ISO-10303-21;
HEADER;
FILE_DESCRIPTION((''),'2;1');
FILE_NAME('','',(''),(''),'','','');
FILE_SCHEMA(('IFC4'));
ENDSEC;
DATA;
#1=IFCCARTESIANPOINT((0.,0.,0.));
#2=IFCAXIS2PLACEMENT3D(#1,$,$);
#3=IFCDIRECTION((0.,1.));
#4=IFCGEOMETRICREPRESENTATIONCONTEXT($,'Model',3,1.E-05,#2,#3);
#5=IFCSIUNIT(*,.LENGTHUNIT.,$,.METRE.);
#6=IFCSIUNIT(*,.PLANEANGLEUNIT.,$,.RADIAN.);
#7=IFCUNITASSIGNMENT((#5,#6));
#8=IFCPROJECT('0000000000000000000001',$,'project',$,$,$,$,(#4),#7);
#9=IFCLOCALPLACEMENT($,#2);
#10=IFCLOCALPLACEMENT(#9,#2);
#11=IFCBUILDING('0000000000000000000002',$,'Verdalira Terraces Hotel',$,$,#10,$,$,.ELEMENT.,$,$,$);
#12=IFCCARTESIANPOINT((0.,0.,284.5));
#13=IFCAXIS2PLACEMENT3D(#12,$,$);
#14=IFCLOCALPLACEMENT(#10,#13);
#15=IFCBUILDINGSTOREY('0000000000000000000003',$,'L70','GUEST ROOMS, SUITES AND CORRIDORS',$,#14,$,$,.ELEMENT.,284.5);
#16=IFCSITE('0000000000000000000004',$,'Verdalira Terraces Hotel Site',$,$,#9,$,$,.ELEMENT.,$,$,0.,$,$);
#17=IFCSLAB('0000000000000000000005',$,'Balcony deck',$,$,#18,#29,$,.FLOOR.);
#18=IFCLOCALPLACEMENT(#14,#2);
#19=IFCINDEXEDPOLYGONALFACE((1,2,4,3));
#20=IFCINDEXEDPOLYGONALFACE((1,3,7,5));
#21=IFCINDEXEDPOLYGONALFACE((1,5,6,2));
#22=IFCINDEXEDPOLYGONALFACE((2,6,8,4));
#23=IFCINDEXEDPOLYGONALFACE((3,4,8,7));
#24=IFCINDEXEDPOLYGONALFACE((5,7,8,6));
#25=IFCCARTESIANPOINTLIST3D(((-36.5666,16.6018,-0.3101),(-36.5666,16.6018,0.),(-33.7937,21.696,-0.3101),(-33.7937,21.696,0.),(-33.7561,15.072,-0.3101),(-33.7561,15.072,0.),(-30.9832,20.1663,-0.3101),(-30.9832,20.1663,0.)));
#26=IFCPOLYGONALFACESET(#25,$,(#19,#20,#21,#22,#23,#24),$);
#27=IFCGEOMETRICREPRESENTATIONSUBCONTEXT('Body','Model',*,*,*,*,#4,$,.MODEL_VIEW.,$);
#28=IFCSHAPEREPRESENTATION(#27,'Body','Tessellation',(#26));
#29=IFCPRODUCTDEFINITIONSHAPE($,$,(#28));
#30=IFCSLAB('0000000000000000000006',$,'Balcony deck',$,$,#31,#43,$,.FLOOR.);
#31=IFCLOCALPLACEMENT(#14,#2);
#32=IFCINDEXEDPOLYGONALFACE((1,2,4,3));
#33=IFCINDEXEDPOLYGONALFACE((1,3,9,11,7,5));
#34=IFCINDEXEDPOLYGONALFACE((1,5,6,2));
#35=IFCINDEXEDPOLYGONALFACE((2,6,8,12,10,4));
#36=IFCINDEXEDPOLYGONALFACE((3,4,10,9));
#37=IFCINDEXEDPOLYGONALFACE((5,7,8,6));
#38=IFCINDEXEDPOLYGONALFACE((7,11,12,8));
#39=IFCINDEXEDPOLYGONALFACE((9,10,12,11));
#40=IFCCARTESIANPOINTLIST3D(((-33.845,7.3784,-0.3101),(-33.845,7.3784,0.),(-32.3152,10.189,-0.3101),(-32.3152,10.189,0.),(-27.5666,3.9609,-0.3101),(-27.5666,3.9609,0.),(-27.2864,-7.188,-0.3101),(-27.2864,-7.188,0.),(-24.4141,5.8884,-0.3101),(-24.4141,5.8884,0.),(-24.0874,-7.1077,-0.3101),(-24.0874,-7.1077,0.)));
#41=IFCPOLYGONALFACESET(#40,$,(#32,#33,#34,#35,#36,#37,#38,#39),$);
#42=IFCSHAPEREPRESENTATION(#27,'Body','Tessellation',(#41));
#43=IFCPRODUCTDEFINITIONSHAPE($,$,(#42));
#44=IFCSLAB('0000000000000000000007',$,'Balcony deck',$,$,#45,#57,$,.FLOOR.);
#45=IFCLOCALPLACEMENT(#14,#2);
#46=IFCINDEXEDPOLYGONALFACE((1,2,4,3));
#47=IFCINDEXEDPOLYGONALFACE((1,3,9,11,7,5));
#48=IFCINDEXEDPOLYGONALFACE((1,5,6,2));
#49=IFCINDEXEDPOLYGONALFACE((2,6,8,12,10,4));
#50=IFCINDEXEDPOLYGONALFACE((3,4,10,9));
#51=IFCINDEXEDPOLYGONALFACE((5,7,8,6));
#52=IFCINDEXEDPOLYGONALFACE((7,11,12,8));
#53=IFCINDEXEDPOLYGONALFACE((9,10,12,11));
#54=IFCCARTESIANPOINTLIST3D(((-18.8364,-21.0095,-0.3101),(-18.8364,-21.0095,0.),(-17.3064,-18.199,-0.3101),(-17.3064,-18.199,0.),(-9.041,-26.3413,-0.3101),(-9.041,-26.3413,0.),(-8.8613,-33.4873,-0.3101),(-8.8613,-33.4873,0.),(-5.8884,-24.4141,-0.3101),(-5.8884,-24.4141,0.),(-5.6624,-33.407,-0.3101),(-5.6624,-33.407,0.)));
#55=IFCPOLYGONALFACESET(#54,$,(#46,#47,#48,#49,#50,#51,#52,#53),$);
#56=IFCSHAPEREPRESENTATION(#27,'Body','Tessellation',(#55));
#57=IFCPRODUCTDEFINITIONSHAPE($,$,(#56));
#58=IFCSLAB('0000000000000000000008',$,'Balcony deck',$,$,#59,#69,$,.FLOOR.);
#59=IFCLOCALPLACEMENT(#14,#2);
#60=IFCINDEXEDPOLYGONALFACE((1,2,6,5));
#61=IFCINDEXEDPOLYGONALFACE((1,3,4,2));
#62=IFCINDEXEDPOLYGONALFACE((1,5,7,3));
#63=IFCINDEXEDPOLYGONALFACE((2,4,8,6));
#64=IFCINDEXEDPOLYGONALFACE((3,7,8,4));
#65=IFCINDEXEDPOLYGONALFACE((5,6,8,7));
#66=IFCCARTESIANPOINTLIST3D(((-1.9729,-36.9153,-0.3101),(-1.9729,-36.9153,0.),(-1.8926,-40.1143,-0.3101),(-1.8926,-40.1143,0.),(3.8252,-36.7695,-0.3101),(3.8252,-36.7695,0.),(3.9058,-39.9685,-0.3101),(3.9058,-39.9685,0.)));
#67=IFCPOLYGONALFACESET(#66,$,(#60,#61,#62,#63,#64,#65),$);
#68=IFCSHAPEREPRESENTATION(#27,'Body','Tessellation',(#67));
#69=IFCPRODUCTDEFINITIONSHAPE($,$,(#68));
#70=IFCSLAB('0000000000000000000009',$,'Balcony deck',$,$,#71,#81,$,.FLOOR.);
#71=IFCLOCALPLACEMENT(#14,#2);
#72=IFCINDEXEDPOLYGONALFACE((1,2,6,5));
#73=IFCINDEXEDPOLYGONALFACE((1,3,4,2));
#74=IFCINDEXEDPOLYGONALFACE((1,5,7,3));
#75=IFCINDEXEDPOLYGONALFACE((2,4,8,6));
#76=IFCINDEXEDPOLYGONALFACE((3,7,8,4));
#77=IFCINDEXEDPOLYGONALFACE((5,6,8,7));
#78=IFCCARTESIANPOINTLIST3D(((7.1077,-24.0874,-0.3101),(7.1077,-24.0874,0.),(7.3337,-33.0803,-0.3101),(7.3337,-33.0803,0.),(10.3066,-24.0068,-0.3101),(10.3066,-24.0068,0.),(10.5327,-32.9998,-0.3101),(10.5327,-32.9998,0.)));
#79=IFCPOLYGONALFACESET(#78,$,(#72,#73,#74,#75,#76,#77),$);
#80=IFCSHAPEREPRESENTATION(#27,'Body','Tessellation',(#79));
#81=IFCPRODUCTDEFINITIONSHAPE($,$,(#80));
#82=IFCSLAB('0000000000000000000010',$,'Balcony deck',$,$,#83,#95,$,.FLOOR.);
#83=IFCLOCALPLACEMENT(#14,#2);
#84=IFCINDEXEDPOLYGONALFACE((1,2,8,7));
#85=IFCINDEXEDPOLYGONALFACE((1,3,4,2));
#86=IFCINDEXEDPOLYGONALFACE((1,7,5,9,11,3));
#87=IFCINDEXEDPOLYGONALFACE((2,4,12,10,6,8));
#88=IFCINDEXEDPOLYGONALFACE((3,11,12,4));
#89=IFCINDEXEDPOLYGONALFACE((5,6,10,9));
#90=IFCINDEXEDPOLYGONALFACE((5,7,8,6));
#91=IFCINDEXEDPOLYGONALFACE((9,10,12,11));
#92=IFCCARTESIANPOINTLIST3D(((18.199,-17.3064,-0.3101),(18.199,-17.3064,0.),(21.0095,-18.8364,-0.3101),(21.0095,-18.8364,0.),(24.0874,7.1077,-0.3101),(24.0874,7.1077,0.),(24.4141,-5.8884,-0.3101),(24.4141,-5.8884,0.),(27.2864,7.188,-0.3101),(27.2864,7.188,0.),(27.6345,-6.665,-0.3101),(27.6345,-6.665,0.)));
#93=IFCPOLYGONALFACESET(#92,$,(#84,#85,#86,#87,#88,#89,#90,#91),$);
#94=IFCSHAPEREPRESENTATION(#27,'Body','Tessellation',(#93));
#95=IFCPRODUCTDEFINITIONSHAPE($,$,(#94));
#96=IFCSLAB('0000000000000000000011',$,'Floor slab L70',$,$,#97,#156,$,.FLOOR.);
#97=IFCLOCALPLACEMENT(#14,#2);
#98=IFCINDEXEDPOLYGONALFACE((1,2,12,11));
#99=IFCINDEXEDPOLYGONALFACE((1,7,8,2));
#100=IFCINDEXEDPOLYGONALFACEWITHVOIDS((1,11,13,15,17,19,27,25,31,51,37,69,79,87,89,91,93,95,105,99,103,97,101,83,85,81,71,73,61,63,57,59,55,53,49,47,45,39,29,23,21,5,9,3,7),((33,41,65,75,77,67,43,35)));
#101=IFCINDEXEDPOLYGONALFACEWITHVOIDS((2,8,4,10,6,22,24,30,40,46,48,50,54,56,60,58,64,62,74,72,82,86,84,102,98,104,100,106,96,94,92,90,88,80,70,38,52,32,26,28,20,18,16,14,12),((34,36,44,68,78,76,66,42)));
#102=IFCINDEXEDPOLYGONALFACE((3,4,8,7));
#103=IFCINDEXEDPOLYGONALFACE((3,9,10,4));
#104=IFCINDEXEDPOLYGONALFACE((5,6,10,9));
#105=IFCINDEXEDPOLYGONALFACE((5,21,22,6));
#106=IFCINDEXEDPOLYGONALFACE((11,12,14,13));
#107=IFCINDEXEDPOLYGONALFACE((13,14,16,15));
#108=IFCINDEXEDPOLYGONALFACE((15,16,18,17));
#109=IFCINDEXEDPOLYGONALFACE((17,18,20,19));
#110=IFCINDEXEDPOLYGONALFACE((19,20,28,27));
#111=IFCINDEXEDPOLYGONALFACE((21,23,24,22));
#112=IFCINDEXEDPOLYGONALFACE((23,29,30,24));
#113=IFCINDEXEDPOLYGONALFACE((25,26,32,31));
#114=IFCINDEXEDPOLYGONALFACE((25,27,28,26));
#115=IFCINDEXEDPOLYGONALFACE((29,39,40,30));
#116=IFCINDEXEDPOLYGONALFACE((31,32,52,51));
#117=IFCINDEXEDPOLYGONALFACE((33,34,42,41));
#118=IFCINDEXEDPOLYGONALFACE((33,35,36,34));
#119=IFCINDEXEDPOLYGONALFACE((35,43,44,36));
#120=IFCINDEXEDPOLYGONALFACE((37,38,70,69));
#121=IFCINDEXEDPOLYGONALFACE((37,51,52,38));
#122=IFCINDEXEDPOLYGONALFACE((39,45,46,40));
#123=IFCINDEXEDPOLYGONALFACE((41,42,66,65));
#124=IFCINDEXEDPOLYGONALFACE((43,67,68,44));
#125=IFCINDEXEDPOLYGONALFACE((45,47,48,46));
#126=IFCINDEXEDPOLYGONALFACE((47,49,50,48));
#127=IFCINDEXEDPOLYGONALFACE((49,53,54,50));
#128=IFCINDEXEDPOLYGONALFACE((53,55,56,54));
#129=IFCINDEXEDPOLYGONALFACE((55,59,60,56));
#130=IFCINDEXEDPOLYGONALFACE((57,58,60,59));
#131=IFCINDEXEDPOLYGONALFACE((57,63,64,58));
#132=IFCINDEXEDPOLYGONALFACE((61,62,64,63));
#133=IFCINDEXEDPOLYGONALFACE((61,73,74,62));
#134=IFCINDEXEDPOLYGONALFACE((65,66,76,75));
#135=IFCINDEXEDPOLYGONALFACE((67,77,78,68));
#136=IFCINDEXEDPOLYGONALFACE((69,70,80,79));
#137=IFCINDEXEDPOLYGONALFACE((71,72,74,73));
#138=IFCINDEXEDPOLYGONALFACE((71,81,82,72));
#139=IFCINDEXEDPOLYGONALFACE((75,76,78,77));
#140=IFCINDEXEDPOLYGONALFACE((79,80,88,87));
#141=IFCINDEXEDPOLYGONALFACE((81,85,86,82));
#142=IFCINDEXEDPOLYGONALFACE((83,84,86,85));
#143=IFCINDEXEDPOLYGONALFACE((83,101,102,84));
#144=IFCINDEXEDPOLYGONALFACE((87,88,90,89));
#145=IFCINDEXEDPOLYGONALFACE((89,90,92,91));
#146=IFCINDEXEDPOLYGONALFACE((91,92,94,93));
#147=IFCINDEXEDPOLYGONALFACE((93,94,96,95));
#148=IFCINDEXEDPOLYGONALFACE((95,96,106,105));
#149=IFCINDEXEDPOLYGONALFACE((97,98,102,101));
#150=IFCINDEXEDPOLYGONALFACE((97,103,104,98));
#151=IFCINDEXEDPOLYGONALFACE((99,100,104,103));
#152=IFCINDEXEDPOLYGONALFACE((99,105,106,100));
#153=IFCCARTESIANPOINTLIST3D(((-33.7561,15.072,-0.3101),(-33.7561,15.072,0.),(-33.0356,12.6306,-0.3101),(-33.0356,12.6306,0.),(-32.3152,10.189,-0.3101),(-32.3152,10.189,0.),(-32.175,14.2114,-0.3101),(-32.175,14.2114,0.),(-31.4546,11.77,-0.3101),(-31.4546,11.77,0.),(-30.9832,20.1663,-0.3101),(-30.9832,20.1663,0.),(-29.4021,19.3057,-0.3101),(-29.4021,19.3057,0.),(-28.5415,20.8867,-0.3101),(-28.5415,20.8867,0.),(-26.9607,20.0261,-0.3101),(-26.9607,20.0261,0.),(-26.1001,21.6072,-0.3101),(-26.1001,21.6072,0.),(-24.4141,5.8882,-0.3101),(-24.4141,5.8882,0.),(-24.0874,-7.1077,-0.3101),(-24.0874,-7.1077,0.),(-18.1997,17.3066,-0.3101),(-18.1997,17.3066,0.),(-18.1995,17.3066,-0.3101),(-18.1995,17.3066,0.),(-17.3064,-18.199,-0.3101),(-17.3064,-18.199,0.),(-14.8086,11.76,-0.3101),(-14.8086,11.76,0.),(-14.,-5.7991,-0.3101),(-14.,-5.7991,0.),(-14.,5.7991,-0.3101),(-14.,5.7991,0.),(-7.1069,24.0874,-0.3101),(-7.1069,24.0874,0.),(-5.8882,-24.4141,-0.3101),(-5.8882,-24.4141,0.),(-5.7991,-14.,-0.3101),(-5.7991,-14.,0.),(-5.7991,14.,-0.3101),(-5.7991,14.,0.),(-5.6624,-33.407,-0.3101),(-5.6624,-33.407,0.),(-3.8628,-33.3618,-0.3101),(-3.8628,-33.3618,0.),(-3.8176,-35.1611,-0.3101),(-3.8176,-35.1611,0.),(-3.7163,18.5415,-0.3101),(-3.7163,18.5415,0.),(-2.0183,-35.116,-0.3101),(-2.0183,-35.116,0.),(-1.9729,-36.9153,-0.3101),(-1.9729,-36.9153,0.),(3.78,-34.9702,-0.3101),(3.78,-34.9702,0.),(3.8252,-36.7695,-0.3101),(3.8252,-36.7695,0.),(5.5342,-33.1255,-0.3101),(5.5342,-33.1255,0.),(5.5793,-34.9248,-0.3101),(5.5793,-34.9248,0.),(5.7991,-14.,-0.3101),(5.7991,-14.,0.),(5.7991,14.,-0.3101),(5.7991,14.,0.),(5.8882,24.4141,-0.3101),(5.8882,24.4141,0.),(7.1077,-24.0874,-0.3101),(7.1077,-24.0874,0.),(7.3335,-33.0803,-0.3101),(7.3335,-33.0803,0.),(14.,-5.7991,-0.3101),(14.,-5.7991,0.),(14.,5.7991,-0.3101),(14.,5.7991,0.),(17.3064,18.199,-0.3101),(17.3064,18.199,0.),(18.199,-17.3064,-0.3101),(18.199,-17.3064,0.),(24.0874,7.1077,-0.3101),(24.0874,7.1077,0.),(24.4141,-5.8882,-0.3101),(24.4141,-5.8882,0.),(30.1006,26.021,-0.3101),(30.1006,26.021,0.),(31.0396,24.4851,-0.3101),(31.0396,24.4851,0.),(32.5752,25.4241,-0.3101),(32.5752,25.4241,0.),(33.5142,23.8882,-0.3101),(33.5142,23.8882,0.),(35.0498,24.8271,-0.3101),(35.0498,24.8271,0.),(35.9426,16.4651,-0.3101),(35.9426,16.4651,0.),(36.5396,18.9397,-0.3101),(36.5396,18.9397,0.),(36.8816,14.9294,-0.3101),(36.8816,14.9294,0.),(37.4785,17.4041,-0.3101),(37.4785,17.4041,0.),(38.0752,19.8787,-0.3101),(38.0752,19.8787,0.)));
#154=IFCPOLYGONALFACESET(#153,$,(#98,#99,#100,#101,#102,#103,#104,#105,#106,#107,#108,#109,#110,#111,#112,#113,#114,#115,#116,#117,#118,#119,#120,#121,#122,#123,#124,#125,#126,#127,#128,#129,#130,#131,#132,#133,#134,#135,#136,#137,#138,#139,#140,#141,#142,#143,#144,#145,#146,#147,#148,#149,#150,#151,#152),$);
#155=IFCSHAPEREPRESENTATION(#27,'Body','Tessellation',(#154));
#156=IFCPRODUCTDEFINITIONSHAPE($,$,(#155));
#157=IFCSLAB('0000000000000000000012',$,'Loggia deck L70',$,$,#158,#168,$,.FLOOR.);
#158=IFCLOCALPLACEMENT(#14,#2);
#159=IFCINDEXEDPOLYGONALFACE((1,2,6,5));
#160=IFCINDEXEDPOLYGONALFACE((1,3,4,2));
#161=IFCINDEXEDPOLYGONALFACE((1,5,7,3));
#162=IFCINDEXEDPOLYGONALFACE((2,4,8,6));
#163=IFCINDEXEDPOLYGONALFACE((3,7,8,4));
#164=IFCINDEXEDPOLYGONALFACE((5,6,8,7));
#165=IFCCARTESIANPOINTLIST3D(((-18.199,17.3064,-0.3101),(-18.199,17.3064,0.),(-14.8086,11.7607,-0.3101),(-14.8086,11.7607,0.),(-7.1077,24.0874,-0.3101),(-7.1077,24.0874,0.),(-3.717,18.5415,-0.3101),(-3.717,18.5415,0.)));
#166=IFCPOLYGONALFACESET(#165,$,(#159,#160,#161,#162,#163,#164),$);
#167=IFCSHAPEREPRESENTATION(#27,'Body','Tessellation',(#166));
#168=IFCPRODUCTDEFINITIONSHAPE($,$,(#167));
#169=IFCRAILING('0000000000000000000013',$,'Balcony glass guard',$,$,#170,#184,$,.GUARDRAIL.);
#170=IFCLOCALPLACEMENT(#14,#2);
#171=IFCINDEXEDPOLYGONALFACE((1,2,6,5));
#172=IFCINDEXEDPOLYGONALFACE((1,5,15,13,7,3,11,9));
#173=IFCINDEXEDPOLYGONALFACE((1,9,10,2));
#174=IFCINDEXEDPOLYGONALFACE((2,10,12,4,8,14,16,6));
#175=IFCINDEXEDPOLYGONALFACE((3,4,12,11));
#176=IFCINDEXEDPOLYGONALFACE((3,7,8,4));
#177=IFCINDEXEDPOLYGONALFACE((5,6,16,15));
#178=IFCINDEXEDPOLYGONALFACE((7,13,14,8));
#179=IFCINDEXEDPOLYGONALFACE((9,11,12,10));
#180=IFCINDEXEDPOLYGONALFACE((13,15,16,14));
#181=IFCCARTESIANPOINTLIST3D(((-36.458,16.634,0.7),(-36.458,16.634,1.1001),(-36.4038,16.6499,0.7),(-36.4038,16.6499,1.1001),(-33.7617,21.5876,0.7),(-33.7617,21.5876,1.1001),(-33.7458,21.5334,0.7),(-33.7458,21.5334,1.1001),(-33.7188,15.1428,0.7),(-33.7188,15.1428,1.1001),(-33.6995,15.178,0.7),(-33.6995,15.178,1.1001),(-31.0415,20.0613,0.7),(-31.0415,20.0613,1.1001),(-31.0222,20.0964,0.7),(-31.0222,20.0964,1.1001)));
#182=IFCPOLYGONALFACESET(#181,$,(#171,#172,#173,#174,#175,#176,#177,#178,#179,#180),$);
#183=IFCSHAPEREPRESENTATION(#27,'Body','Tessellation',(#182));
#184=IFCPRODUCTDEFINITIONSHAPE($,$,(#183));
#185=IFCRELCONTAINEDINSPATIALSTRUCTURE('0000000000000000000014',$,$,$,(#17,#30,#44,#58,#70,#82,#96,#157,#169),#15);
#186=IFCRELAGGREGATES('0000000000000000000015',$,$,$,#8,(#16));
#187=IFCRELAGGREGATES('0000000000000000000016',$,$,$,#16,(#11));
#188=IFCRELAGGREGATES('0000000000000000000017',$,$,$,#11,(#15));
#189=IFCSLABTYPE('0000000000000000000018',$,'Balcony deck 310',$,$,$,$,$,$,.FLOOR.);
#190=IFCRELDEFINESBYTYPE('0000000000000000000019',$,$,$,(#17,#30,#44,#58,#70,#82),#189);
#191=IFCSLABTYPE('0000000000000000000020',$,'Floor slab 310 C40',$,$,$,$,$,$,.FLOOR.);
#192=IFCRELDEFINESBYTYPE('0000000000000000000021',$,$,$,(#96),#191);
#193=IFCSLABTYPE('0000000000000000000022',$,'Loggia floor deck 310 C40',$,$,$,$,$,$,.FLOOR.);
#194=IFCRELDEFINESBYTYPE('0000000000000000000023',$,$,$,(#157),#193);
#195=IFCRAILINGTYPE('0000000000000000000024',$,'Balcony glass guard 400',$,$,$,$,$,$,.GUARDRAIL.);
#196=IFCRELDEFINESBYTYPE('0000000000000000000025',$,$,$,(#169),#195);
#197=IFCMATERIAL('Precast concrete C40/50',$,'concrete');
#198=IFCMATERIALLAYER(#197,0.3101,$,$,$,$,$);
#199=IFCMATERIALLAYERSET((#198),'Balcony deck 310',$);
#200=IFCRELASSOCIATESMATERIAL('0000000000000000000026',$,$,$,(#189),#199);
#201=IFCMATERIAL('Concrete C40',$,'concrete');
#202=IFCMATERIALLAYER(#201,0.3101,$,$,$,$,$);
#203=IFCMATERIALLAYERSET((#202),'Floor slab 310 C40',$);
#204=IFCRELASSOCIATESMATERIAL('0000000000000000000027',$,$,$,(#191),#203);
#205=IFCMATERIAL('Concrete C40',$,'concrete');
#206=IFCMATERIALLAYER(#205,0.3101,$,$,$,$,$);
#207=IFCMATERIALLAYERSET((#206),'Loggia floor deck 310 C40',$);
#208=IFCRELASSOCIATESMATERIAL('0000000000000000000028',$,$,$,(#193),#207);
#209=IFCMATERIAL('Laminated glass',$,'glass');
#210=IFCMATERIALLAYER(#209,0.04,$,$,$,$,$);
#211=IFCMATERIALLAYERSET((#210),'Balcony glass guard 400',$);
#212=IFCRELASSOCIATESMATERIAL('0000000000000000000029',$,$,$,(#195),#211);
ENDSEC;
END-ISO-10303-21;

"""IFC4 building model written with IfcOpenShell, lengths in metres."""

from ifc_helpers import new_model, si_unit, direction, frame, origin, place, context, subcontext, project, spatial, polyline, outline, extrude, material, layer, layer_set, type_object, element, save


model = new_model("IFC4")

# Units and contexts
model_context = context("Model", 3, precision=1e-05, world=origin(), true_north=direction((0.0, 1.0)))
body_context = subcontext(model_context, "Body", "Model", "MODEL_VIEW")
ifc_project = project(units=[si_unit("LENGTHUNIT", "METRE"), si_unit("PLANEANGLEUNIT", "RADIAN")], contexts=[model_context])

# Site, building, storey
site_placement = place(None, origin())
site = spatial("IfcSite", under=ifc_project, at=site_placement, Name="Verdalira Terraces Hotel Site", CompositionType="ELEMENT", RefElevation=0.0)
building_placement = place(site_placement, origin())
building = spatial("IfcBuilding", under=site, at=building_placement, Name="Verdalira Terraces Hotel", CompositionType="ELEMENT")
storey_placement = place(building_placement, frame((0.0, 0.0, 284.5)))
storey = spatial("IfcBuildingStorey", under=building, at=storey_placement, Name="L70", Description="GUEST ROOMS, SUITES AND CORRIDORS", CompositionType="ELEMENT", Elevation=284.5)

# Slabs
ifc_material_1 = material(Name="Precast concrete C40/50", Category="concrete")
ifc_layer_1 = layer(ifc_material_1, 0.3101)
ifc_layer_set_1 = layer_set([ifc_layer_1], Name="Balcony deck 310")
slab_type_1 = type_object("IfcSlabType", Name="Balcony deck 310", PredefinedType="FLOOR", material=ifc_layer_set_1)
slab_1_placement = place(storey_placement, frame((0.0, 0.0, -0.3101)))
element("IfcSlab", 1, at=slab_1_placement, inside=storey, type_object=slab_type_1, Name="Balcony deck", PredefinedType="FLOOR", context=body_context, shape_type="SweptSolid", body=[
    extrude(outline(polyline([(-36.5667, 16.6018), (-33.7561, 15.072), (-30.9832, 20.1663), (-33.7937, 21.696), (-36.5667, 16.6018)])), origin(), (0.0, 0.0, 1.0), 0.3101),
])
slab_2_placement = place(storey_placement, frame((0.0, 0.0, -0.3101)))
element("IfcSlab", 2, at=slab_2_placement, inside=storey, type_object=slab_type_1, Name="Balcony deck", PredefinedType="FLOOR", context=body_context, shape_type="SweptSolid", body=[
    extrude(outline(polyline([(-27.5666, 3.9609), (-27.2864, -7.188), (-24.0874, -7.1077), (-24.4141, 5.8884), (-32.3152, 10.189), (-33.845, 7.3784), (-27.5666, 3.9609)])), origin(), (0.0, 0.0, 1.0), 0.3101),
])
slab_3_placement = place(storey_placement, frame((0.0, 0.0, -0.3101)))
element("IfcSlab", 3, at=slab_3_placement, inside=storey, type_object=slab_type_1, Name="Balcony deck", PredefinedType="FLOOR", context=body_context, shape_type="SweptSolid", body=[
    extrude(outline(polyline([(-9.041, -26.3413), (-8.8613, -33.4873), (-5.6624, -33.407), (-5.8884, -24.4141), (-17.3064, -18.199), (-18.8364, -21.0095), (-9.041, -26.3413)])), origin(), (0.0, 0.0, 1.0), 0.3101),
])
slab_4_placement = place(storey_placement, frame((0.0, 0.0, -0.3101)))
element("IfcSlab", 4, at=slab_4_placement, inside=storey, type_object=slab_type_1, Name="Balcony deck", PredefinedType="FLOOR", context=body_context, shape_type="SweptSolid", body=[
    extrude(outline(polyline([(3.9058, -39.9685), (3.8252, -36.7695), (-1.9729, -36.9153), (-1.8926, -40.1143), (3.9058, -39.9685)])), origin(), (0.0, 0.0, 1.0), 0.3101),
])
slab_5_placement = place(storey_placement, frame((0.0, 0.0, -0.3101)))
element("IfcSlab", 5, at=slab_5_placement, inside=storey, type_object=slab_type_1, Name="Balcony deck", PredefinedType="FLOOR", context=body_context, shape_type="SweptSolid", body=[
    extrude(outline(polyline([(10.3066, -24.0068), (7.1077, -24.0874), (7.3337, -33.0803), (10.5327, -32.9998), (10.3066, -24.0068)])), origin(), (0.0, 0.0, 1.0), 0.3101),
])
slab_6_placement = place(storey_placement, frame((0.0, 0.0, -0.3101)))
element("IfcSlab", 6, at=slab_6_placement, inside=storey, type_object=slab_type_1, Name="Balcony deck", PredefinedType="FLOOR", context=body_context, shape_type="SweptSolid", body=[
    extrude(outline(polyline([(27.2864, 7.188), (24.0874, 7.1077), (24.4141, -5.8884), (18.199, -17.3064), (21.0095, -18.8364), (27.6345, -6.665), (27.2864, 7.188)])), origin(), (0.0, 0.0, 1.0), 0.3101),
])
ifc_material_2 = material(Name="Concrete C40", Category="concrete")
ifc_layer_2 = layer(ifc_material_2, 0.3101)
ifc_layer_set_2 = layer_set([ifc_layer_2], Name="Floor slab 310 C40")
slab_type_2 = type_object("IfcSlabType", Name="Floor slab 310 C40", PredefinedType="FLOOR", material=ifc_layer_set_2)
slab_7_placement = place(storey_placement, frame((0.0, 0.0, -0.3101)))
element("IfcSlab", 7, at=slab_7_placement, inside=storey, type_object=slab_type_2, Name="Floor slab L70", PredefinedType="FLOOR", context=body_context, shape_type="SweptSolid", body=[
    extrude(outline(polyline([(17.3064, 18.199), (5.8882, 24.4141), (-7.1069, 24.0874), (-3.7163, 18.5415), (-14.8086, 11.76), (-18.1997, 17.3066), (-18.1995, 17.3066), (-26.1001, 21.6072), (-26.9607, 20.0261), (-28.5415, 20.8867), (-29.4021, 19.3057), (-30.9832, 20.1663), (-33.7561, 15.072), (-32.175, 14.2114), (-33.0356, 12.6306), (-31.4546, 11.77), (-32.3152, 10.189), (-24.4141, 5.8882), (-24.0874, -7.1077), (-17.3064, -18.199), (-5.8882, -24.4141), (-5.6624, -33.407), (-3.8628, -33.3618), (-3.8176, -35.1611), (-2.0183, -35.116), (-1.9729, -36.9153), (3.8252, -36.7695), (3.78, -34.9702), (5.5793, -34.9248), (5.5342, -33.1255), (7.3335, -33.0803), (7.1077, -24.0874), (18.199, -17.3064), (24.4141, -5.8882), (24.0874, 7.1077), (36.8816, 14.9294), (35.9426, 16.4651), (37.4785, 17.4041), (36.5396, 18.9397), (38.0752, 19.8787), (35.0498, 24.8271), (33.5142, 23.8882), (32.5752, 25.4241), (31.0396, 24.4851), (30.1006, 26.021), (17.3064, 18.199)]), holes=[polyline([(5.7991, 14.0), (14.0, 5.7991), (14.0, -5.7991), (5.7991, -14.0), (-5.7991, -14.0), (-14.0, -5.7991), (-14.0, 5.7991), (-5.7991, 14.0), (5.7991, 14.0)])]), origin(), (0.0, 0.0, 1.0), 0.3101),
])
ifc_material_3 = material(Name="Concrete C40", Category="concrete")
ifc_layer_3 = layer(ifc_material_3, 0.3101)
ifc_layer_set_3 = layer_set([ifc_layer_3], Name="Loggia floor deck 310 C40")
slab_type_3 = type_object("IfcSlabType", Name="Loggia floor deck 310 C40", PredefinedType="FLOOR", material=ifc_layer_set_3)
slab_8_placement = place(storey_placement, frame((0.0, 0.0, -0.3101)))
element("IfcSlab", 8, at=slab_8_placement, inside=storey, type_object=slab_type_3, Name="Loggia deck L70", PredefinedType="FLOOR", context=body_context, shape_type="SweptSolid", body=[
    extrude(outline(polyline([(-3.717, 18.5415), (-7.1077, 24.0874), (-18.199, 17.3064), (-14.8086, 11.7607), (-3.717, 18.5415)])), origin(), (0.0, 0.0, 1.0), 0.3101),
])

# Railing
ifc_material_4 = material(Name="Laminated glass", Category="glass")
ifc_layer_4 = layer(ifc_material_4, 0.04)
ifc_layer_set_4 = layer_set([ifc_layer_4], Name="Balcony glass guard 400")
railing_type = type_object("IfcRailingType", Name="Balcony glass guard 400", PredefinedType="GUARDRAIL", material=ifc_layer_set_4)
railing_1_placement = place(storey_placement, frame((0.0, 0.0, 0.7)))
element("IfcRailing", 9, at=railing_1_placement, inside=storey, type_object=railing_type, Name="Balcony glass guard", PredefinedType="GUARDRAIL", context=body_context, shape_type="SweptSolid", body=[
    extrude(outline(polyline([(-33.7458, 21.5334), (-36.4038, 16.6499), (-33.6995, 15.178), (-33.7188, 15.1428), (-36.458, 16.634), (-33.7617, 21.5876), (-31.0222, 20.0964), (-31.0415, 20.0613), (-33.7458, 21.5334)])), origin(), (0.0, 0.0, 1.0), 0.4001),
])

save(model, "model.ifc")
